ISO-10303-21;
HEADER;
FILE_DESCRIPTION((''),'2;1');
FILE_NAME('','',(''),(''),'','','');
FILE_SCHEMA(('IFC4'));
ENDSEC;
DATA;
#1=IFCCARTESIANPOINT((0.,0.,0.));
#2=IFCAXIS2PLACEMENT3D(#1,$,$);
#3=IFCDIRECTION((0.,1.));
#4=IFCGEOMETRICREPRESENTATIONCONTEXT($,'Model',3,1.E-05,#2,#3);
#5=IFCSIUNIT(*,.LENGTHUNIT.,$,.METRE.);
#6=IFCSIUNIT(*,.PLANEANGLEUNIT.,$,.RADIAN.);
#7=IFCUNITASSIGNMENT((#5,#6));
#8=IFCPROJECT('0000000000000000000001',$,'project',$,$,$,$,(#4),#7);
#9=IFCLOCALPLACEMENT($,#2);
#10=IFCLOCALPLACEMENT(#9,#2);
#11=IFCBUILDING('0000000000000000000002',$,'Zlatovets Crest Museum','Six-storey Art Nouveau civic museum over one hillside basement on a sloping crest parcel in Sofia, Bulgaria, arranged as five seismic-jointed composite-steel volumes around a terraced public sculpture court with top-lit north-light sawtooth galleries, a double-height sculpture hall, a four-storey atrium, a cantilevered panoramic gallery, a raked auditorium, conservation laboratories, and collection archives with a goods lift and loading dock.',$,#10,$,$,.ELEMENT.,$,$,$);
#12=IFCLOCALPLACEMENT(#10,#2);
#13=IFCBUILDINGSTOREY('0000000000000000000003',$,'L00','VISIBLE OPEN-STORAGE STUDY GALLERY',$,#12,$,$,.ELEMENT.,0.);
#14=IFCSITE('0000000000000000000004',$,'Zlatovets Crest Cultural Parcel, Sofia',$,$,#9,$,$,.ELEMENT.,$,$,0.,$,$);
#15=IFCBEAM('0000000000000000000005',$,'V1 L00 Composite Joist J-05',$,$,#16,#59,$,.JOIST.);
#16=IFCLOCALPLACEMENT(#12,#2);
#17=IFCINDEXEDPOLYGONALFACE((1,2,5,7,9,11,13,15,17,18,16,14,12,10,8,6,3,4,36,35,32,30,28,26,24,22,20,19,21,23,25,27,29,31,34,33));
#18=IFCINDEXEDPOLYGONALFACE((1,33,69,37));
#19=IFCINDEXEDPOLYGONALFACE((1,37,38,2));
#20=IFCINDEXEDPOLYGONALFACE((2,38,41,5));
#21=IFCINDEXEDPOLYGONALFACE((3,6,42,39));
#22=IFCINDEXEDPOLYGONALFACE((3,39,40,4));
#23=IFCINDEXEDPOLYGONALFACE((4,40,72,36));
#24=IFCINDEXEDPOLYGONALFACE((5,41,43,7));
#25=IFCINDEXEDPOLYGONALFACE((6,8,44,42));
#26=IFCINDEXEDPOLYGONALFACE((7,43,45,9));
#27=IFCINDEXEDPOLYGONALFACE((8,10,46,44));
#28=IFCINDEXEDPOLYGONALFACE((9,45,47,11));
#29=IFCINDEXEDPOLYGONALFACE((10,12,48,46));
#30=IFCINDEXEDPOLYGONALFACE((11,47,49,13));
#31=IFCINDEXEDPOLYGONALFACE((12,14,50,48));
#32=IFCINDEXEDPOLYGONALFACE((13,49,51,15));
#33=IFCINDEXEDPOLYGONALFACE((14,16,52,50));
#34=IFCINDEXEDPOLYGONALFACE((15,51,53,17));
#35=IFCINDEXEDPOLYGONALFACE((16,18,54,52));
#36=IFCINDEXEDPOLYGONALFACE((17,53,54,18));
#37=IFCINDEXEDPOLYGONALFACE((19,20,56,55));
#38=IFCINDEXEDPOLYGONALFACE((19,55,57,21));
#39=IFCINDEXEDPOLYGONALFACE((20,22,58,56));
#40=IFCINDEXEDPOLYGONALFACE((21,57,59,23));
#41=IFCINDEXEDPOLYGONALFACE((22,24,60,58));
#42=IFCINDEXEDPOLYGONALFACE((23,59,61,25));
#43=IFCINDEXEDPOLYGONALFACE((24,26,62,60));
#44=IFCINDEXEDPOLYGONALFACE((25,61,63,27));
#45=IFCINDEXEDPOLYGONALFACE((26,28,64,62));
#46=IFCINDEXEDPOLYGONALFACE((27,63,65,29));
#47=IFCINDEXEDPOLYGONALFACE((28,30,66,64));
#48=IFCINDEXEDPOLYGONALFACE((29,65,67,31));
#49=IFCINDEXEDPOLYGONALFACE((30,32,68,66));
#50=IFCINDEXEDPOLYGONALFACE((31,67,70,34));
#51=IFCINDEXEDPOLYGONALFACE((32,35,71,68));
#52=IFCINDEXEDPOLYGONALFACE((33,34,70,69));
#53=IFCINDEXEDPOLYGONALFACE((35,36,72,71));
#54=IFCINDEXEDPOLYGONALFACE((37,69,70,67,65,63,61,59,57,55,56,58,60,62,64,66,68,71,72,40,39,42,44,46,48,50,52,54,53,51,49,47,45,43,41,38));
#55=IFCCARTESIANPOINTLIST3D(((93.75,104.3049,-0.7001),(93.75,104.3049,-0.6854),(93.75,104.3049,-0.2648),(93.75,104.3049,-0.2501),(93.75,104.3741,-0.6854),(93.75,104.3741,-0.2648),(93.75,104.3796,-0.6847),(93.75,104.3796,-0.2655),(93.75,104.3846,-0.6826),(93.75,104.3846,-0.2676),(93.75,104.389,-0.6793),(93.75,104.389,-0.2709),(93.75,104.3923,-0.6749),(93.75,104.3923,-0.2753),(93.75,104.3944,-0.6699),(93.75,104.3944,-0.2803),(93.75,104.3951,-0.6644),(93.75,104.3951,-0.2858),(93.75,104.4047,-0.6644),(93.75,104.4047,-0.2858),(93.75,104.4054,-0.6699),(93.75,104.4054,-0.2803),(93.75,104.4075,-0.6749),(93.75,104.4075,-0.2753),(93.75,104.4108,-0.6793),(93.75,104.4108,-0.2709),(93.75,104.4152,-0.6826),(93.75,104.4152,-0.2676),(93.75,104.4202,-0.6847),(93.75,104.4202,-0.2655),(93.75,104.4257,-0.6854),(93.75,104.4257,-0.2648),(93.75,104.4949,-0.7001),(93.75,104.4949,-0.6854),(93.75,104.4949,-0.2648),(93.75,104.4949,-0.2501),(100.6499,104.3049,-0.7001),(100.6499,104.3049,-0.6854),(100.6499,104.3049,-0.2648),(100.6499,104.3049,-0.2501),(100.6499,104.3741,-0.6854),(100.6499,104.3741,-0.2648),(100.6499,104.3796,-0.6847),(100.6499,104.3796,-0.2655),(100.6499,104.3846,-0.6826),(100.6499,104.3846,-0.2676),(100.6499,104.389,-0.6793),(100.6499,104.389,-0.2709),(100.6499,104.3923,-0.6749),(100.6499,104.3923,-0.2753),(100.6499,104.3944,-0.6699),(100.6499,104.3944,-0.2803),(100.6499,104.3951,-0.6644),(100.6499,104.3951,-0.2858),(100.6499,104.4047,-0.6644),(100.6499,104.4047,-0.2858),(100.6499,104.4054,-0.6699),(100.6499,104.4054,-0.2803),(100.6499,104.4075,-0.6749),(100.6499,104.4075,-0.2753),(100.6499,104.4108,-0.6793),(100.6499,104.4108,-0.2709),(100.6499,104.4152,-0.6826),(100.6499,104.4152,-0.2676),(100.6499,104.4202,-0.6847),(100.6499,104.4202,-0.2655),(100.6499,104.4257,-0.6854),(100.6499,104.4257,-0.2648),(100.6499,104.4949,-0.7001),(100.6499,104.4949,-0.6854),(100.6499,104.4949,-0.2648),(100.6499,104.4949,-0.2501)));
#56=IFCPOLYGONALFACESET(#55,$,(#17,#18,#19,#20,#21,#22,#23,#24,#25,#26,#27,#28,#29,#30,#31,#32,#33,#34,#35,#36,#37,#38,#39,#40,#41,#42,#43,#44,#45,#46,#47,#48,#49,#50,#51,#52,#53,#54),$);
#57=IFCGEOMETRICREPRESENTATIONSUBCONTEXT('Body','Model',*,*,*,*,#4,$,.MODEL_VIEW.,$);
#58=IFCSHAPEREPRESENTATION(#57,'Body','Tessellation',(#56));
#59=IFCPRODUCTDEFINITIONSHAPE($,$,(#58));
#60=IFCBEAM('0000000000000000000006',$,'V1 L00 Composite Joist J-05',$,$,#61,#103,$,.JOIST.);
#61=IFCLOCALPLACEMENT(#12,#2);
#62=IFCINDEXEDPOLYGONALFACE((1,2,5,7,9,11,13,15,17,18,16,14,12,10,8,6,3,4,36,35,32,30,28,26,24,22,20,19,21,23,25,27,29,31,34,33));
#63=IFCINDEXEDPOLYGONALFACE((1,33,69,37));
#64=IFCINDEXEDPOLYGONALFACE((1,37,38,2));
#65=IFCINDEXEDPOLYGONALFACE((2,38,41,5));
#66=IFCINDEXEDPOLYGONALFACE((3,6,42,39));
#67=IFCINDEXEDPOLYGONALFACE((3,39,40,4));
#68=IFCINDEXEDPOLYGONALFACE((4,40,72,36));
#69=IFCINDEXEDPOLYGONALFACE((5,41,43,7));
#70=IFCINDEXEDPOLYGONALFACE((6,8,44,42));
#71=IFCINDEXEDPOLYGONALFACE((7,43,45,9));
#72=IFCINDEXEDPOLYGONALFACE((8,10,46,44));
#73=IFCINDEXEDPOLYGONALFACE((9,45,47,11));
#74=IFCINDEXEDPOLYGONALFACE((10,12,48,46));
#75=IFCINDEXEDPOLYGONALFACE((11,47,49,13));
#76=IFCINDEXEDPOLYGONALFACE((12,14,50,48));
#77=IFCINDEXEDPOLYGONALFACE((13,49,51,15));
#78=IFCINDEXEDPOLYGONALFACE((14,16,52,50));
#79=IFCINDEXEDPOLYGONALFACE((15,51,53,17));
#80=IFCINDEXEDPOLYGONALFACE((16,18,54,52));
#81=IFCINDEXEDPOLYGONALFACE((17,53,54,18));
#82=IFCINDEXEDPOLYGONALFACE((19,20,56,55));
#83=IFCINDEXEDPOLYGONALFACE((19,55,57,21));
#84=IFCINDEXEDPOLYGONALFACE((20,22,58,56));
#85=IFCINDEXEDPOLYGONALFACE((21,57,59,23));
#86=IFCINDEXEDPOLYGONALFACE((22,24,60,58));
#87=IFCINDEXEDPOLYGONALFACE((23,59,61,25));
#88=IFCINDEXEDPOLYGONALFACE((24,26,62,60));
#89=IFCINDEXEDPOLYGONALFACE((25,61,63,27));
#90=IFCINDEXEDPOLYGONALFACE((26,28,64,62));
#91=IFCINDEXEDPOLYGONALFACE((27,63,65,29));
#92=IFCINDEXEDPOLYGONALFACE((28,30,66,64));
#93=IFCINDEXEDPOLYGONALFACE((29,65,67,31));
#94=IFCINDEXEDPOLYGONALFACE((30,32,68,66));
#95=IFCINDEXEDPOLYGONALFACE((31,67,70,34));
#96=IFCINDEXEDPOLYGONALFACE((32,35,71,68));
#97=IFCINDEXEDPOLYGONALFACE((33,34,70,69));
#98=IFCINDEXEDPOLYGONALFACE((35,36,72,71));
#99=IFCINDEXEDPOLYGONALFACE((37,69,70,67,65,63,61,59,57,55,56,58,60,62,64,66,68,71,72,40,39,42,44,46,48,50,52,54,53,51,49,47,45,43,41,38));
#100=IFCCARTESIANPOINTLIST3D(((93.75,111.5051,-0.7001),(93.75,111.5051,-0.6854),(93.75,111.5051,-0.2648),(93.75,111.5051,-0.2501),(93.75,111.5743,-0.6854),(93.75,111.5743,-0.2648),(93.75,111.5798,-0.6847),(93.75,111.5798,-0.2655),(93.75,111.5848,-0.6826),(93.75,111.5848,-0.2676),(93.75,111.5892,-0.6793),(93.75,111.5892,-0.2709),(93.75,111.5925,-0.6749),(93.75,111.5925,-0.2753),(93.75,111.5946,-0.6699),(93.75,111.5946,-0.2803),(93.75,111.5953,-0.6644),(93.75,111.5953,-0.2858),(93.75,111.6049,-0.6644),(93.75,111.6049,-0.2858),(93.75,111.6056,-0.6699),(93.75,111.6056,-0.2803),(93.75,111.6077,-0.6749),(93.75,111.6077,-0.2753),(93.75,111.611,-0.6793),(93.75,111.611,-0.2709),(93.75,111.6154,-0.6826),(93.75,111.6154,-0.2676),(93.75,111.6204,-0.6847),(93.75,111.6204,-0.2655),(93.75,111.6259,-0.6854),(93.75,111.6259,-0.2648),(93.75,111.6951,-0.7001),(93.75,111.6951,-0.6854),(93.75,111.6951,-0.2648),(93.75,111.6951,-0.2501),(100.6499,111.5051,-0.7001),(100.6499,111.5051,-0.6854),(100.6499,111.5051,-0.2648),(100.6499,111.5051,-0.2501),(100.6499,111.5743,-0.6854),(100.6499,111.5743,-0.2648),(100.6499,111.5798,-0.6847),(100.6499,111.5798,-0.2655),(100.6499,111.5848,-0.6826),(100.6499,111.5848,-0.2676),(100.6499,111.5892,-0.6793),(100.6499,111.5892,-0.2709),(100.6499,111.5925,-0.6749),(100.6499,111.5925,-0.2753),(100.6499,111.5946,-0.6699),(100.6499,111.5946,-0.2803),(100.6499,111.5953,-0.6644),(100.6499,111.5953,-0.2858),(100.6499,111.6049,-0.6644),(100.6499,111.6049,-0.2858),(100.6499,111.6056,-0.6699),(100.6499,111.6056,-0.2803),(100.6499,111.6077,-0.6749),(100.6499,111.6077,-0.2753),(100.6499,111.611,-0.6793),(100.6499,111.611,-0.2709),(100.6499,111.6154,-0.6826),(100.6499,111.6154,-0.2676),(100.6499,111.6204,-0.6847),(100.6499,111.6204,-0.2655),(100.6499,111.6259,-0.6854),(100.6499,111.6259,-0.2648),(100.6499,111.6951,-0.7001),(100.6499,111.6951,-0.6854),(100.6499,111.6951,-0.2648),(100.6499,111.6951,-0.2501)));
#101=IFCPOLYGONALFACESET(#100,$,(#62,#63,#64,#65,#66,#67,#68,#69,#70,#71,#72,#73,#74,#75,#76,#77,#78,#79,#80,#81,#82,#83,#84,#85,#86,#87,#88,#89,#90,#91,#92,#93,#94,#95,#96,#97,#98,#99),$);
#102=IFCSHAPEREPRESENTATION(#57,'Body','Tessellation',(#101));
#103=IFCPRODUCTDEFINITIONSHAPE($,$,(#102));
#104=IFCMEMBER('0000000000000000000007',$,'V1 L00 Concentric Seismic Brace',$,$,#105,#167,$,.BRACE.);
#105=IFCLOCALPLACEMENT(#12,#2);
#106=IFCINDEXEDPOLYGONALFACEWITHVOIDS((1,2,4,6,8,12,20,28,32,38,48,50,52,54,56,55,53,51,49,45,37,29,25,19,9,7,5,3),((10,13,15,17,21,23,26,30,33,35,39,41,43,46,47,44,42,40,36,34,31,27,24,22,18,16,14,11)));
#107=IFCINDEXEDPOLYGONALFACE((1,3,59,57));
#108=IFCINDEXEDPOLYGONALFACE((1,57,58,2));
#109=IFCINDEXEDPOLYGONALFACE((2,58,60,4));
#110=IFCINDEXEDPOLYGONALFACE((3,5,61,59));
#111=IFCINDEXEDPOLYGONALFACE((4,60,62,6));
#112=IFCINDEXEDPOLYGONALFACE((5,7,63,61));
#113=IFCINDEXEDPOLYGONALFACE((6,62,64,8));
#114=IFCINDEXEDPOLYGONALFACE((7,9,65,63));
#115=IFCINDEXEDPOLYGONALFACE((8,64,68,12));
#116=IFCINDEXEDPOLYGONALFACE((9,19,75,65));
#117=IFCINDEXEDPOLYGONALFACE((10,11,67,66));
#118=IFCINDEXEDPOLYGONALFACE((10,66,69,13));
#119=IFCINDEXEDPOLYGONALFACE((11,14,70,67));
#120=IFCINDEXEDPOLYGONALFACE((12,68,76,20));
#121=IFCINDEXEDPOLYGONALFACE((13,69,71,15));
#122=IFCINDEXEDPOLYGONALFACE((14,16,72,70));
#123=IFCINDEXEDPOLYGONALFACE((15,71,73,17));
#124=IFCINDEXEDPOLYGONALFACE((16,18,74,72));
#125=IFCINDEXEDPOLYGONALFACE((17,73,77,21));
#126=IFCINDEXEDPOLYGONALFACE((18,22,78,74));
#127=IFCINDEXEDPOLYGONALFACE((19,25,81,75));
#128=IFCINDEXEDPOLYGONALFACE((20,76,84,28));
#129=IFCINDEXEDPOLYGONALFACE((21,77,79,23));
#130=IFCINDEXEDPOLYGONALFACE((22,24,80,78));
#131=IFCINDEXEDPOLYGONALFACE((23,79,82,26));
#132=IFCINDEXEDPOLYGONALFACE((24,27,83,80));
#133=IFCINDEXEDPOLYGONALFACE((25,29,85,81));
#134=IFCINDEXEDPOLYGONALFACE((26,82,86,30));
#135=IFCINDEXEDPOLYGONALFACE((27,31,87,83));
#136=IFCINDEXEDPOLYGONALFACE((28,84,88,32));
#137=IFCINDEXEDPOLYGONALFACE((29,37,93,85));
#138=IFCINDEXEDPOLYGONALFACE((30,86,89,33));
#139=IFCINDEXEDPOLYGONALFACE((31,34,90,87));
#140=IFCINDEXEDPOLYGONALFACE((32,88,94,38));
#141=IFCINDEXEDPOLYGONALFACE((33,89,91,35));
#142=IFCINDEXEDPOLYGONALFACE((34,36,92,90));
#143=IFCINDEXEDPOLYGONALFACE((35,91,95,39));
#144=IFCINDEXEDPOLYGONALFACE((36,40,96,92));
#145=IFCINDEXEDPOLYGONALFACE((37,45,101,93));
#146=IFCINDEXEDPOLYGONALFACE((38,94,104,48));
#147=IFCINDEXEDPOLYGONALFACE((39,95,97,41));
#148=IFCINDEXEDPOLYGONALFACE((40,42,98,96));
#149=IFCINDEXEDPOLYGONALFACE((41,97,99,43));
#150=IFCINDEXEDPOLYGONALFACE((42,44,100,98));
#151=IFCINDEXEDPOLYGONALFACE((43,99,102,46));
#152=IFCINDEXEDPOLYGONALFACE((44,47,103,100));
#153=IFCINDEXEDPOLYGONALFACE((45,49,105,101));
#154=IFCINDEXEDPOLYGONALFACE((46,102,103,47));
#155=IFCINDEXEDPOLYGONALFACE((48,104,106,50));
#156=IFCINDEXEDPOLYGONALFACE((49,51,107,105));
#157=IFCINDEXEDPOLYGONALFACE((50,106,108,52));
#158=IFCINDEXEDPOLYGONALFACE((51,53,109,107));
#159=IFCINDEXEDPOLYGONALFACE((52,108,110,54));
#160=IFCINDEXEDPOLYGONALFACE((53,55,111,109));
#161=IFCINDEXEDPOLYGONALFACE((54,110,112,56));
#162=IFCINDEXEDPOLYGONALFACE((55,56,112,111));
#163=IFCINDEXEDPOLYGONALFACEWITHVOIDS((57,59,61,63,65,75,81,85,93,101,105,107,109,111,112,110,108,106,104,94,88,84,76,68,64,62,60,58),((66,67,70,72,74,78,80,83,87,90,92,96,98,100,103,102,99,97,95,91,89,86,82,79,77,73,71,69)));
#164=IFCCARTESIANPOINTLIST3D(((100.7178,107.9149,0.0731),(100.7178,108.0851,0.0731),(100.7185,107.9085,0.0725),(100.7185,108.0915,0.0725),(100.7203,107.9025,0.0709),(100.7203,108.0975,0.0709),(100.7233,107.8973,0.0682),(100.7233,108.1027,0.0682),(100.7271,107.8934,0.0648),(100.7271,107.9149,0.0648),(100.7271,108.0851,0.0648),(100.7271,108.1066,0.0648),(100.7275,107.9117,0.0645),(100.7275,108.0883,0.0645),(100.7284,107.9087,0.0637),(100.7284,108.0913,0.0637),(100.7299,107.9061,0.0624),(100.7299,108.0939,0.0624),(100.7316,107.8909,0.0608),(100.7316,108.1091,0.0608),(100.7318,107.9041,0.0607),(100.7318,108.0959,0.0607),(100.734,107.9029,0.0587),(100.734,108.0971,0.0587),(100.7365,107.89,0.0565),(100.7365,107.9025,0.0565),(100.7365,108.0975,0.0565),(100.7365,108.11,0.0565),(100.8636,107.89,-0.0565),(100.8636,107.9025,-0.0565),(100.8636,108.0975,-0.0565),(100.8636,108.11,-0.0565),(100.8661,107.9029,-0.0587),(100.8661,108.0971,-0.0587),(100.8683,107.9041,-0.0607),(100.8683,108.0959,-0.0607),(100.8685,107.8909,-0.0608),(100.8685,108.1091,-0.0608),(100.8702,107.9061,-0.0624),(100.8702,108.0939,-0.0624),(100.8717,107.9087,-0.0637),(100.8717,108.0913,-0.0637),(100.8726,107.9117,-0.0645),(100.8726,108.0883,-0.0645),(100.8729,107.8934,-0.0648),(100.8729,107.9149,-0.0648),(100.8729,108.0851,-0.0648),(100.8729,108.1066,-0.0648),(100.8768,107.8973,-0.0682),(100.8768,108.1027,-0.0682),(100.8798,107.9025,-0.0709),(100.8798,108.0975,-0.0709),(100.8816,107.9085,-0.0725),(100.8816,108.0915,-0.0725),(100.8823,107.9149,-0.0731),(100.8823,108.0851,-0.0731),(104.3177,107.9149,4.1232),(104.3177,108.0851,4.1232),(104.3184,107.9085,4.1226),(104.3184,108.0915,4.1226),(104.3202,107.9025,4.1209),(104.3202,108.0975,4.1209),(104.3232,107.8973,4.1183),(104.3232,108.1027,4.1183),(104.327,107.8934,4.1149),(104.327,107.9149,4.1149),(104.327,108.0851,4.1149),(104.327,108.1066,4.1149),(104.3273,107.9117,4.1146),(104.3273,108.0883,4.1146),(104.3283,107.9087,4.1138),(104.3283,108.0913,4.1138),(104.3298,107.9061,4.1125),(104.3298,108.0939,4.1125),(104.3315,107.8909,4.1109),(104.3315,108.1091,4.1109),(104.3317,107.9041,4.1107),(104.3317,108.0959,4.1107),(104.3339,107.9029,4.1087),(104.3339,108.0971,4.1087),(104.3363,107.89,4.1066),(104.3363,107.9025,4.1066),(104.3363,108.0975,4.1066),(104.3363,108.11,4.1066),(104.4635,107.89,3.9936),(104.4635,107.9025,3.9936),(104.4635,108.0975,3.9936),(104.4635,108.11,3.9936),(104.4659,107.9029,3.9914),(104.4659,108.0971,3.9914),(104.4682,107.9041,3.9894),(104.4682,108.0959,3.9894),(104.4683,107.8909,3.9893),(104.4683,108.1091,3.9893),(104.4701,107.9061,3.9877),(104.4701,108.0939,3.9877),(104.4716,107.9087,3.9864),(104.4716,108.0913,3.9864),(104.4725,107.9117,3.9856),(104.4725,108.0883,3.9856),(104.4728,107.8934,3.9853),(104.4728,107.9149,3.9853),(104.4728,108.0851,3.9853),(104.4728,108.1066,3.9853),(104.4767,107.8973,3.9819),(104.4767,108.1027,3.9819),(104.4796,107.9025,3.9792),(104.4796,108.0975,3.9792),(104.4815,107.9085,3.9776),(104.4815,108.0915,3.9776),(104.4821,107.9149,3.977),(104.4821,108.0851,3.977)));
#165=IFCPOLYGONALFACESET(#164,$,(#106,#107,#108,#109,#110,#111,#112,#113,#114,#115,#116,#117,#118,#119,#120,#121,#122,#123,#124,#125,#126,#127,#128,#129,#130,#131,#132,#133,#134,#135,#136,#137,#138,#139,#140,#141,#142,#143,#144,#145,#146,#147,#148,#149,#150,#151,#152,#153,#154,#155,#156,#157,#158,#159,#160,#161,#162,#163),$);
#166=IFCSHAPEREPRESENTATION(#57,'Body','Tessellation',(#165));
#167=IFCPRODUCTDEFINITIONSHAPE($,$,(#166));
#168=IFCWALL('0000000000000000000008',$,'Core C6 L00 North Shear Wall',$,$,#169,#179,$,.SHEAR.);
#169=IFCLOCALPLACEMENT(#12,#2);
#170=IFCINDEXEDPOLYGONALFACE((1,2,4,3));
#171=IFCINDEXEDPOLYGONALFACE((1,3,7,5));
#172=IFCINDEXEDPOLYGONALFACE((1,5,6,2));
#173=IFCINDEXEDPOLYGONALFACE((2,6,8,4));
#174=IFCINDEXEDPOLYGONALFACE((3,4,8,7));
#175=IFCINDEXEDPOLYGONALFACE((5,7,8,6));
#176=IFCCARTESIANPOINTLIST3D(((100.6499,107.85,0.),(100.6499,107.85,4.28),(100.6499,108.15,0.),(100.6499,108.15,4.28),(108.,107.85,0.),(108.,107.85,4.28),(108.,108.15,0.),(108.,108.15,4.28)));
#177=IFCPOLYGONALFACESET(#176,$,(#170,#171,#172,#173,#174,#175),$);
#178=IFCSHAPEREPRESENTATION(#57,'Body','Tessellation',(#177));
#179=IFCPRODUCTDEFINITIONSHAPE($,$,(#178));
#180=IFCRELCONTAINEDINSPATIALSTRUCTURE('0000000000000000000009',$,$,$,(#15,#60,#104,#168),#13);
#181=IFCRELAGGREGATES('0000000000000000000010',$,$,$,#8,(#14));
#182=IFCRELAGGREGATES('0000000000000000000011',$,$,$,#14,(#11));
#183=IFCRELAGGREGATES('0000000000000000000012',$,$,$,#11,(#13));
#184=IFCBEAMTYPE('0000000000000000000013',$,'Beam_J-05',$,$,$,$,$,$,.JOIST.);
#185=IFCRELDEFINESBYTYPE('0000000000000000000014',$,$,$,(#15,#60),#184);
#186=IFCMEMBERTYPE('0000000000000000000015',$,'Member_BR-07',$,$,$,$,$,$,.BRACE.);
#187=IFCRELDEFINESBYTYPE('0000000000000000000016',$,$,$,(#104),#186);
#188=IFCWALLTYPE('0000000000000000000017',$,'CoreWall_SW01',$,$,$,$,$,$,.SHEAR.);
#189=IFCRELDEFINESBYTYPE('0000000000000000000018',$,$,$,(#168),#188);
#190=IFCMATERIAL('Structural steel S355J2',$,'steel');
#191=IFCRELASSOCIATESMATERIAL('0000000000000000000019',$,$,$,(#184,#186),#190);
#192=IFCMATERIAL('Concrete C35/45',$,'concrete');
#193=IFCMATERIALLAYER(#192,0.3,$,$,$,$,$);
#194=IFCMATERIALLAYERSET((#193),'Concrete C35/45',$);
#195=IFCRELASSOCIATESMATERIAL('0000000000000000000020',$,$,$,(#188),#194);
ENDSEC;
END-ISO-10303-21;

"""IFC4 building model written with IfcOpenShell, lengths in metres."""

from ifc_helpers import new_model, si_unit, direction, frame, frame_2d, origin, origin_2d, place, context, subcontext, project, spatial, rectangle, hollow_rectangle, i_section, extrude, material, layer, layer_set, material_profile, profile_set, type_object, element, save


model = new_model("IFC4")

# Units and contexts
model_context = context("Model", 3, precision=1e-05, world=origin(), true_north=direction((0.0, 1.0)))
body_context = subcontext(model_context, "Body", "Model", "MODEL_VIEW")
ifc_project = project(units=[si_unit("LENGTHUNIT", "METRE"), si_unit("PLANEANGLEUNIT", "RADIAN")], contexts=[model_context])

# Site, building, storey
site_placement = place(None, origin())
site = spatial("IfcSite", under=ifc_project, at=site_placement, Name="Zlatovets Crest Cultural Parcel, Sofia", CompositionType="ELEMENT", RefElevation=0.0)
building_placement = place(site_placement, origin())
building = spatial("IfcBuilding", under=site, at=building_placement, Name="Zlatovets Crest Museum", Description="Six-storey Art Nouveau civic museum over one hillside basement on a sloping crest parcel in Sofia, Bulgaria, arranged as five seismic-jointed composite-steel volumes around a terraced public sculpture court with top-lit north-light sawtooth galleries, a double-height sculpture hall, a four-storey atrium, a cantilevered panoramic gallery, a raked auditorium, conservation laboratories, and collection archives with a goods lift and loading dock.", CompositionType="ELEMENT")
storey_placement = place(building_placement, origin())
storey = spatial("IfcBuildingStorey", under=building, at=storey_placement, Name="L00", Description="VISIBLE OPEN-STORAGE STUDY GALLERY", CompositionType="ELEMENT", Elevation=0.0)

# Shared definitions
ifc_material_1 = material(Name="Structural steel S355J2", Category="steel")

# Beams
ifc_material_profile_1 = material_profile(ifc_material_1, i_section(OverallWidth=0.1899, OverallDepth=0.45, WebThickness=0.0095, FlangeThickness=0.0146, FilletRadius=0.021, at=origin_2d()), Name="IPE 450")
ifc_profile_set_1 = profile_set([ifc_material_profile_1], Name="Structural steel S355J2")
beam_type_1 = type_object("IfcBeamType", Name="Beam_J-05", PredefinedType="JOIST", material=ifc_profile_set_1)
for number, where, z_axis, x_axis, name in (
    (1, (93.75, 104.3999, -0.4751), (1.0, 0.0, 0.0), (0.0, 1.0, 0.0), "V1 L00 Composite Joist J-05"),
    (2, (93.75, 111.6001, -0.4751), (1.0, 0.0, 0.0), (0.0, 1.0, 0.0), "V1 L00 Composite Joist J-05"),
):
    element("IfcBeam", number, at=place(storey_placement, frame(where, z_axis=z_axis, x_axis=x_axis)), inside=storey, type_object=beam_type_1, Name=name, PredefinedType="JOIST", context=body_context, shape_type="SweptSolid", body=[
        extrude(i_section(OverallWidth=0.1899, OverallDepth=0.45, WebThickness=0.0095, FlangeThickness=0.0146, FilletRadius=0.021, at=origin_2d()), origin(), (0.0, 0.0, 1.0), 6.8999),
    ])

# Member
ifc_material_profile_2 = material_profile(ifc_material_1, hollow_rectangle(XDim=0.22, YDim=0.22, WallThickness=0.0125, InnerFilletRadius=0.0125, OuterFilletRadius=0.0249, at=origin_2d()), Name="SHS 220x220x12.5")
ifc_profile_set_2 = profile_set([ifc_material_profile_2], Name="Structural steel S355J2")
member_type = type_object("IfcMemberType", Name="Member_BR-07", PredefinedType="BRACE", material=ifc_profile_set_2)
member_placement = place(storey_placement, frame((100.8, 108.0, 0.0), z_axis=(0.664344, 0.0, 0.747427), x_axis=(0.0, 1.0, 0.0)))
element("IfcMember", 3, at=member_placement, inside=storey, type_object=member_type, Name="V1 L00 Concentric Seismic Brace", PredefinedType="BRACE", context=body_context, shape_type="SweptSolid", body=[
    extrude(hollow_rectangle(XDim=0.22, YDim=0.22, WallThickness=0.0125, InnerFilletRadius=0.0125, OuterFilletRadius=0.0249, at=origin_2d()), origin(), (0.0, 0.0, 1.0), 5.4187),
])

# Wall
ifc_material_2 = material(Name="Concrete C35/45", Category="concrete")
ifc_layer_1 = layer(ifc_material_2, 0.3)
ifc_layer_set_1 = layer_set([ifc_layer_1], Name="Concrete C35/45")
wall_type_1 = type_object("IfcWallType", Name="CoreWall_SW01", PredefinedType="SHEAR", material=ifc_layer_set_1)
wall_1_placement = place(storey_placement, frame((100.6499, 108.0, 0.0), z_axis=(0.0, 0.0, 1.0), x_axis=(1.0, 0.0, 0.0)))
element("IfcWall", 4, at=wall_1_placement, inside=storey, type_object=wall_type_1, Name="Core C6 L00 North Shear Wall", PredefinedType="SHEAR", context=body_context, shape_type="SweptSolid", body=[
    extrude(rectangle(XDim=7.3501, YDim=0.3, at=frame_2d((3.675, 0.0))), origin(), (0.0, 0.0, 1.0), 4.28),
])

save(model, "model.ifc")
